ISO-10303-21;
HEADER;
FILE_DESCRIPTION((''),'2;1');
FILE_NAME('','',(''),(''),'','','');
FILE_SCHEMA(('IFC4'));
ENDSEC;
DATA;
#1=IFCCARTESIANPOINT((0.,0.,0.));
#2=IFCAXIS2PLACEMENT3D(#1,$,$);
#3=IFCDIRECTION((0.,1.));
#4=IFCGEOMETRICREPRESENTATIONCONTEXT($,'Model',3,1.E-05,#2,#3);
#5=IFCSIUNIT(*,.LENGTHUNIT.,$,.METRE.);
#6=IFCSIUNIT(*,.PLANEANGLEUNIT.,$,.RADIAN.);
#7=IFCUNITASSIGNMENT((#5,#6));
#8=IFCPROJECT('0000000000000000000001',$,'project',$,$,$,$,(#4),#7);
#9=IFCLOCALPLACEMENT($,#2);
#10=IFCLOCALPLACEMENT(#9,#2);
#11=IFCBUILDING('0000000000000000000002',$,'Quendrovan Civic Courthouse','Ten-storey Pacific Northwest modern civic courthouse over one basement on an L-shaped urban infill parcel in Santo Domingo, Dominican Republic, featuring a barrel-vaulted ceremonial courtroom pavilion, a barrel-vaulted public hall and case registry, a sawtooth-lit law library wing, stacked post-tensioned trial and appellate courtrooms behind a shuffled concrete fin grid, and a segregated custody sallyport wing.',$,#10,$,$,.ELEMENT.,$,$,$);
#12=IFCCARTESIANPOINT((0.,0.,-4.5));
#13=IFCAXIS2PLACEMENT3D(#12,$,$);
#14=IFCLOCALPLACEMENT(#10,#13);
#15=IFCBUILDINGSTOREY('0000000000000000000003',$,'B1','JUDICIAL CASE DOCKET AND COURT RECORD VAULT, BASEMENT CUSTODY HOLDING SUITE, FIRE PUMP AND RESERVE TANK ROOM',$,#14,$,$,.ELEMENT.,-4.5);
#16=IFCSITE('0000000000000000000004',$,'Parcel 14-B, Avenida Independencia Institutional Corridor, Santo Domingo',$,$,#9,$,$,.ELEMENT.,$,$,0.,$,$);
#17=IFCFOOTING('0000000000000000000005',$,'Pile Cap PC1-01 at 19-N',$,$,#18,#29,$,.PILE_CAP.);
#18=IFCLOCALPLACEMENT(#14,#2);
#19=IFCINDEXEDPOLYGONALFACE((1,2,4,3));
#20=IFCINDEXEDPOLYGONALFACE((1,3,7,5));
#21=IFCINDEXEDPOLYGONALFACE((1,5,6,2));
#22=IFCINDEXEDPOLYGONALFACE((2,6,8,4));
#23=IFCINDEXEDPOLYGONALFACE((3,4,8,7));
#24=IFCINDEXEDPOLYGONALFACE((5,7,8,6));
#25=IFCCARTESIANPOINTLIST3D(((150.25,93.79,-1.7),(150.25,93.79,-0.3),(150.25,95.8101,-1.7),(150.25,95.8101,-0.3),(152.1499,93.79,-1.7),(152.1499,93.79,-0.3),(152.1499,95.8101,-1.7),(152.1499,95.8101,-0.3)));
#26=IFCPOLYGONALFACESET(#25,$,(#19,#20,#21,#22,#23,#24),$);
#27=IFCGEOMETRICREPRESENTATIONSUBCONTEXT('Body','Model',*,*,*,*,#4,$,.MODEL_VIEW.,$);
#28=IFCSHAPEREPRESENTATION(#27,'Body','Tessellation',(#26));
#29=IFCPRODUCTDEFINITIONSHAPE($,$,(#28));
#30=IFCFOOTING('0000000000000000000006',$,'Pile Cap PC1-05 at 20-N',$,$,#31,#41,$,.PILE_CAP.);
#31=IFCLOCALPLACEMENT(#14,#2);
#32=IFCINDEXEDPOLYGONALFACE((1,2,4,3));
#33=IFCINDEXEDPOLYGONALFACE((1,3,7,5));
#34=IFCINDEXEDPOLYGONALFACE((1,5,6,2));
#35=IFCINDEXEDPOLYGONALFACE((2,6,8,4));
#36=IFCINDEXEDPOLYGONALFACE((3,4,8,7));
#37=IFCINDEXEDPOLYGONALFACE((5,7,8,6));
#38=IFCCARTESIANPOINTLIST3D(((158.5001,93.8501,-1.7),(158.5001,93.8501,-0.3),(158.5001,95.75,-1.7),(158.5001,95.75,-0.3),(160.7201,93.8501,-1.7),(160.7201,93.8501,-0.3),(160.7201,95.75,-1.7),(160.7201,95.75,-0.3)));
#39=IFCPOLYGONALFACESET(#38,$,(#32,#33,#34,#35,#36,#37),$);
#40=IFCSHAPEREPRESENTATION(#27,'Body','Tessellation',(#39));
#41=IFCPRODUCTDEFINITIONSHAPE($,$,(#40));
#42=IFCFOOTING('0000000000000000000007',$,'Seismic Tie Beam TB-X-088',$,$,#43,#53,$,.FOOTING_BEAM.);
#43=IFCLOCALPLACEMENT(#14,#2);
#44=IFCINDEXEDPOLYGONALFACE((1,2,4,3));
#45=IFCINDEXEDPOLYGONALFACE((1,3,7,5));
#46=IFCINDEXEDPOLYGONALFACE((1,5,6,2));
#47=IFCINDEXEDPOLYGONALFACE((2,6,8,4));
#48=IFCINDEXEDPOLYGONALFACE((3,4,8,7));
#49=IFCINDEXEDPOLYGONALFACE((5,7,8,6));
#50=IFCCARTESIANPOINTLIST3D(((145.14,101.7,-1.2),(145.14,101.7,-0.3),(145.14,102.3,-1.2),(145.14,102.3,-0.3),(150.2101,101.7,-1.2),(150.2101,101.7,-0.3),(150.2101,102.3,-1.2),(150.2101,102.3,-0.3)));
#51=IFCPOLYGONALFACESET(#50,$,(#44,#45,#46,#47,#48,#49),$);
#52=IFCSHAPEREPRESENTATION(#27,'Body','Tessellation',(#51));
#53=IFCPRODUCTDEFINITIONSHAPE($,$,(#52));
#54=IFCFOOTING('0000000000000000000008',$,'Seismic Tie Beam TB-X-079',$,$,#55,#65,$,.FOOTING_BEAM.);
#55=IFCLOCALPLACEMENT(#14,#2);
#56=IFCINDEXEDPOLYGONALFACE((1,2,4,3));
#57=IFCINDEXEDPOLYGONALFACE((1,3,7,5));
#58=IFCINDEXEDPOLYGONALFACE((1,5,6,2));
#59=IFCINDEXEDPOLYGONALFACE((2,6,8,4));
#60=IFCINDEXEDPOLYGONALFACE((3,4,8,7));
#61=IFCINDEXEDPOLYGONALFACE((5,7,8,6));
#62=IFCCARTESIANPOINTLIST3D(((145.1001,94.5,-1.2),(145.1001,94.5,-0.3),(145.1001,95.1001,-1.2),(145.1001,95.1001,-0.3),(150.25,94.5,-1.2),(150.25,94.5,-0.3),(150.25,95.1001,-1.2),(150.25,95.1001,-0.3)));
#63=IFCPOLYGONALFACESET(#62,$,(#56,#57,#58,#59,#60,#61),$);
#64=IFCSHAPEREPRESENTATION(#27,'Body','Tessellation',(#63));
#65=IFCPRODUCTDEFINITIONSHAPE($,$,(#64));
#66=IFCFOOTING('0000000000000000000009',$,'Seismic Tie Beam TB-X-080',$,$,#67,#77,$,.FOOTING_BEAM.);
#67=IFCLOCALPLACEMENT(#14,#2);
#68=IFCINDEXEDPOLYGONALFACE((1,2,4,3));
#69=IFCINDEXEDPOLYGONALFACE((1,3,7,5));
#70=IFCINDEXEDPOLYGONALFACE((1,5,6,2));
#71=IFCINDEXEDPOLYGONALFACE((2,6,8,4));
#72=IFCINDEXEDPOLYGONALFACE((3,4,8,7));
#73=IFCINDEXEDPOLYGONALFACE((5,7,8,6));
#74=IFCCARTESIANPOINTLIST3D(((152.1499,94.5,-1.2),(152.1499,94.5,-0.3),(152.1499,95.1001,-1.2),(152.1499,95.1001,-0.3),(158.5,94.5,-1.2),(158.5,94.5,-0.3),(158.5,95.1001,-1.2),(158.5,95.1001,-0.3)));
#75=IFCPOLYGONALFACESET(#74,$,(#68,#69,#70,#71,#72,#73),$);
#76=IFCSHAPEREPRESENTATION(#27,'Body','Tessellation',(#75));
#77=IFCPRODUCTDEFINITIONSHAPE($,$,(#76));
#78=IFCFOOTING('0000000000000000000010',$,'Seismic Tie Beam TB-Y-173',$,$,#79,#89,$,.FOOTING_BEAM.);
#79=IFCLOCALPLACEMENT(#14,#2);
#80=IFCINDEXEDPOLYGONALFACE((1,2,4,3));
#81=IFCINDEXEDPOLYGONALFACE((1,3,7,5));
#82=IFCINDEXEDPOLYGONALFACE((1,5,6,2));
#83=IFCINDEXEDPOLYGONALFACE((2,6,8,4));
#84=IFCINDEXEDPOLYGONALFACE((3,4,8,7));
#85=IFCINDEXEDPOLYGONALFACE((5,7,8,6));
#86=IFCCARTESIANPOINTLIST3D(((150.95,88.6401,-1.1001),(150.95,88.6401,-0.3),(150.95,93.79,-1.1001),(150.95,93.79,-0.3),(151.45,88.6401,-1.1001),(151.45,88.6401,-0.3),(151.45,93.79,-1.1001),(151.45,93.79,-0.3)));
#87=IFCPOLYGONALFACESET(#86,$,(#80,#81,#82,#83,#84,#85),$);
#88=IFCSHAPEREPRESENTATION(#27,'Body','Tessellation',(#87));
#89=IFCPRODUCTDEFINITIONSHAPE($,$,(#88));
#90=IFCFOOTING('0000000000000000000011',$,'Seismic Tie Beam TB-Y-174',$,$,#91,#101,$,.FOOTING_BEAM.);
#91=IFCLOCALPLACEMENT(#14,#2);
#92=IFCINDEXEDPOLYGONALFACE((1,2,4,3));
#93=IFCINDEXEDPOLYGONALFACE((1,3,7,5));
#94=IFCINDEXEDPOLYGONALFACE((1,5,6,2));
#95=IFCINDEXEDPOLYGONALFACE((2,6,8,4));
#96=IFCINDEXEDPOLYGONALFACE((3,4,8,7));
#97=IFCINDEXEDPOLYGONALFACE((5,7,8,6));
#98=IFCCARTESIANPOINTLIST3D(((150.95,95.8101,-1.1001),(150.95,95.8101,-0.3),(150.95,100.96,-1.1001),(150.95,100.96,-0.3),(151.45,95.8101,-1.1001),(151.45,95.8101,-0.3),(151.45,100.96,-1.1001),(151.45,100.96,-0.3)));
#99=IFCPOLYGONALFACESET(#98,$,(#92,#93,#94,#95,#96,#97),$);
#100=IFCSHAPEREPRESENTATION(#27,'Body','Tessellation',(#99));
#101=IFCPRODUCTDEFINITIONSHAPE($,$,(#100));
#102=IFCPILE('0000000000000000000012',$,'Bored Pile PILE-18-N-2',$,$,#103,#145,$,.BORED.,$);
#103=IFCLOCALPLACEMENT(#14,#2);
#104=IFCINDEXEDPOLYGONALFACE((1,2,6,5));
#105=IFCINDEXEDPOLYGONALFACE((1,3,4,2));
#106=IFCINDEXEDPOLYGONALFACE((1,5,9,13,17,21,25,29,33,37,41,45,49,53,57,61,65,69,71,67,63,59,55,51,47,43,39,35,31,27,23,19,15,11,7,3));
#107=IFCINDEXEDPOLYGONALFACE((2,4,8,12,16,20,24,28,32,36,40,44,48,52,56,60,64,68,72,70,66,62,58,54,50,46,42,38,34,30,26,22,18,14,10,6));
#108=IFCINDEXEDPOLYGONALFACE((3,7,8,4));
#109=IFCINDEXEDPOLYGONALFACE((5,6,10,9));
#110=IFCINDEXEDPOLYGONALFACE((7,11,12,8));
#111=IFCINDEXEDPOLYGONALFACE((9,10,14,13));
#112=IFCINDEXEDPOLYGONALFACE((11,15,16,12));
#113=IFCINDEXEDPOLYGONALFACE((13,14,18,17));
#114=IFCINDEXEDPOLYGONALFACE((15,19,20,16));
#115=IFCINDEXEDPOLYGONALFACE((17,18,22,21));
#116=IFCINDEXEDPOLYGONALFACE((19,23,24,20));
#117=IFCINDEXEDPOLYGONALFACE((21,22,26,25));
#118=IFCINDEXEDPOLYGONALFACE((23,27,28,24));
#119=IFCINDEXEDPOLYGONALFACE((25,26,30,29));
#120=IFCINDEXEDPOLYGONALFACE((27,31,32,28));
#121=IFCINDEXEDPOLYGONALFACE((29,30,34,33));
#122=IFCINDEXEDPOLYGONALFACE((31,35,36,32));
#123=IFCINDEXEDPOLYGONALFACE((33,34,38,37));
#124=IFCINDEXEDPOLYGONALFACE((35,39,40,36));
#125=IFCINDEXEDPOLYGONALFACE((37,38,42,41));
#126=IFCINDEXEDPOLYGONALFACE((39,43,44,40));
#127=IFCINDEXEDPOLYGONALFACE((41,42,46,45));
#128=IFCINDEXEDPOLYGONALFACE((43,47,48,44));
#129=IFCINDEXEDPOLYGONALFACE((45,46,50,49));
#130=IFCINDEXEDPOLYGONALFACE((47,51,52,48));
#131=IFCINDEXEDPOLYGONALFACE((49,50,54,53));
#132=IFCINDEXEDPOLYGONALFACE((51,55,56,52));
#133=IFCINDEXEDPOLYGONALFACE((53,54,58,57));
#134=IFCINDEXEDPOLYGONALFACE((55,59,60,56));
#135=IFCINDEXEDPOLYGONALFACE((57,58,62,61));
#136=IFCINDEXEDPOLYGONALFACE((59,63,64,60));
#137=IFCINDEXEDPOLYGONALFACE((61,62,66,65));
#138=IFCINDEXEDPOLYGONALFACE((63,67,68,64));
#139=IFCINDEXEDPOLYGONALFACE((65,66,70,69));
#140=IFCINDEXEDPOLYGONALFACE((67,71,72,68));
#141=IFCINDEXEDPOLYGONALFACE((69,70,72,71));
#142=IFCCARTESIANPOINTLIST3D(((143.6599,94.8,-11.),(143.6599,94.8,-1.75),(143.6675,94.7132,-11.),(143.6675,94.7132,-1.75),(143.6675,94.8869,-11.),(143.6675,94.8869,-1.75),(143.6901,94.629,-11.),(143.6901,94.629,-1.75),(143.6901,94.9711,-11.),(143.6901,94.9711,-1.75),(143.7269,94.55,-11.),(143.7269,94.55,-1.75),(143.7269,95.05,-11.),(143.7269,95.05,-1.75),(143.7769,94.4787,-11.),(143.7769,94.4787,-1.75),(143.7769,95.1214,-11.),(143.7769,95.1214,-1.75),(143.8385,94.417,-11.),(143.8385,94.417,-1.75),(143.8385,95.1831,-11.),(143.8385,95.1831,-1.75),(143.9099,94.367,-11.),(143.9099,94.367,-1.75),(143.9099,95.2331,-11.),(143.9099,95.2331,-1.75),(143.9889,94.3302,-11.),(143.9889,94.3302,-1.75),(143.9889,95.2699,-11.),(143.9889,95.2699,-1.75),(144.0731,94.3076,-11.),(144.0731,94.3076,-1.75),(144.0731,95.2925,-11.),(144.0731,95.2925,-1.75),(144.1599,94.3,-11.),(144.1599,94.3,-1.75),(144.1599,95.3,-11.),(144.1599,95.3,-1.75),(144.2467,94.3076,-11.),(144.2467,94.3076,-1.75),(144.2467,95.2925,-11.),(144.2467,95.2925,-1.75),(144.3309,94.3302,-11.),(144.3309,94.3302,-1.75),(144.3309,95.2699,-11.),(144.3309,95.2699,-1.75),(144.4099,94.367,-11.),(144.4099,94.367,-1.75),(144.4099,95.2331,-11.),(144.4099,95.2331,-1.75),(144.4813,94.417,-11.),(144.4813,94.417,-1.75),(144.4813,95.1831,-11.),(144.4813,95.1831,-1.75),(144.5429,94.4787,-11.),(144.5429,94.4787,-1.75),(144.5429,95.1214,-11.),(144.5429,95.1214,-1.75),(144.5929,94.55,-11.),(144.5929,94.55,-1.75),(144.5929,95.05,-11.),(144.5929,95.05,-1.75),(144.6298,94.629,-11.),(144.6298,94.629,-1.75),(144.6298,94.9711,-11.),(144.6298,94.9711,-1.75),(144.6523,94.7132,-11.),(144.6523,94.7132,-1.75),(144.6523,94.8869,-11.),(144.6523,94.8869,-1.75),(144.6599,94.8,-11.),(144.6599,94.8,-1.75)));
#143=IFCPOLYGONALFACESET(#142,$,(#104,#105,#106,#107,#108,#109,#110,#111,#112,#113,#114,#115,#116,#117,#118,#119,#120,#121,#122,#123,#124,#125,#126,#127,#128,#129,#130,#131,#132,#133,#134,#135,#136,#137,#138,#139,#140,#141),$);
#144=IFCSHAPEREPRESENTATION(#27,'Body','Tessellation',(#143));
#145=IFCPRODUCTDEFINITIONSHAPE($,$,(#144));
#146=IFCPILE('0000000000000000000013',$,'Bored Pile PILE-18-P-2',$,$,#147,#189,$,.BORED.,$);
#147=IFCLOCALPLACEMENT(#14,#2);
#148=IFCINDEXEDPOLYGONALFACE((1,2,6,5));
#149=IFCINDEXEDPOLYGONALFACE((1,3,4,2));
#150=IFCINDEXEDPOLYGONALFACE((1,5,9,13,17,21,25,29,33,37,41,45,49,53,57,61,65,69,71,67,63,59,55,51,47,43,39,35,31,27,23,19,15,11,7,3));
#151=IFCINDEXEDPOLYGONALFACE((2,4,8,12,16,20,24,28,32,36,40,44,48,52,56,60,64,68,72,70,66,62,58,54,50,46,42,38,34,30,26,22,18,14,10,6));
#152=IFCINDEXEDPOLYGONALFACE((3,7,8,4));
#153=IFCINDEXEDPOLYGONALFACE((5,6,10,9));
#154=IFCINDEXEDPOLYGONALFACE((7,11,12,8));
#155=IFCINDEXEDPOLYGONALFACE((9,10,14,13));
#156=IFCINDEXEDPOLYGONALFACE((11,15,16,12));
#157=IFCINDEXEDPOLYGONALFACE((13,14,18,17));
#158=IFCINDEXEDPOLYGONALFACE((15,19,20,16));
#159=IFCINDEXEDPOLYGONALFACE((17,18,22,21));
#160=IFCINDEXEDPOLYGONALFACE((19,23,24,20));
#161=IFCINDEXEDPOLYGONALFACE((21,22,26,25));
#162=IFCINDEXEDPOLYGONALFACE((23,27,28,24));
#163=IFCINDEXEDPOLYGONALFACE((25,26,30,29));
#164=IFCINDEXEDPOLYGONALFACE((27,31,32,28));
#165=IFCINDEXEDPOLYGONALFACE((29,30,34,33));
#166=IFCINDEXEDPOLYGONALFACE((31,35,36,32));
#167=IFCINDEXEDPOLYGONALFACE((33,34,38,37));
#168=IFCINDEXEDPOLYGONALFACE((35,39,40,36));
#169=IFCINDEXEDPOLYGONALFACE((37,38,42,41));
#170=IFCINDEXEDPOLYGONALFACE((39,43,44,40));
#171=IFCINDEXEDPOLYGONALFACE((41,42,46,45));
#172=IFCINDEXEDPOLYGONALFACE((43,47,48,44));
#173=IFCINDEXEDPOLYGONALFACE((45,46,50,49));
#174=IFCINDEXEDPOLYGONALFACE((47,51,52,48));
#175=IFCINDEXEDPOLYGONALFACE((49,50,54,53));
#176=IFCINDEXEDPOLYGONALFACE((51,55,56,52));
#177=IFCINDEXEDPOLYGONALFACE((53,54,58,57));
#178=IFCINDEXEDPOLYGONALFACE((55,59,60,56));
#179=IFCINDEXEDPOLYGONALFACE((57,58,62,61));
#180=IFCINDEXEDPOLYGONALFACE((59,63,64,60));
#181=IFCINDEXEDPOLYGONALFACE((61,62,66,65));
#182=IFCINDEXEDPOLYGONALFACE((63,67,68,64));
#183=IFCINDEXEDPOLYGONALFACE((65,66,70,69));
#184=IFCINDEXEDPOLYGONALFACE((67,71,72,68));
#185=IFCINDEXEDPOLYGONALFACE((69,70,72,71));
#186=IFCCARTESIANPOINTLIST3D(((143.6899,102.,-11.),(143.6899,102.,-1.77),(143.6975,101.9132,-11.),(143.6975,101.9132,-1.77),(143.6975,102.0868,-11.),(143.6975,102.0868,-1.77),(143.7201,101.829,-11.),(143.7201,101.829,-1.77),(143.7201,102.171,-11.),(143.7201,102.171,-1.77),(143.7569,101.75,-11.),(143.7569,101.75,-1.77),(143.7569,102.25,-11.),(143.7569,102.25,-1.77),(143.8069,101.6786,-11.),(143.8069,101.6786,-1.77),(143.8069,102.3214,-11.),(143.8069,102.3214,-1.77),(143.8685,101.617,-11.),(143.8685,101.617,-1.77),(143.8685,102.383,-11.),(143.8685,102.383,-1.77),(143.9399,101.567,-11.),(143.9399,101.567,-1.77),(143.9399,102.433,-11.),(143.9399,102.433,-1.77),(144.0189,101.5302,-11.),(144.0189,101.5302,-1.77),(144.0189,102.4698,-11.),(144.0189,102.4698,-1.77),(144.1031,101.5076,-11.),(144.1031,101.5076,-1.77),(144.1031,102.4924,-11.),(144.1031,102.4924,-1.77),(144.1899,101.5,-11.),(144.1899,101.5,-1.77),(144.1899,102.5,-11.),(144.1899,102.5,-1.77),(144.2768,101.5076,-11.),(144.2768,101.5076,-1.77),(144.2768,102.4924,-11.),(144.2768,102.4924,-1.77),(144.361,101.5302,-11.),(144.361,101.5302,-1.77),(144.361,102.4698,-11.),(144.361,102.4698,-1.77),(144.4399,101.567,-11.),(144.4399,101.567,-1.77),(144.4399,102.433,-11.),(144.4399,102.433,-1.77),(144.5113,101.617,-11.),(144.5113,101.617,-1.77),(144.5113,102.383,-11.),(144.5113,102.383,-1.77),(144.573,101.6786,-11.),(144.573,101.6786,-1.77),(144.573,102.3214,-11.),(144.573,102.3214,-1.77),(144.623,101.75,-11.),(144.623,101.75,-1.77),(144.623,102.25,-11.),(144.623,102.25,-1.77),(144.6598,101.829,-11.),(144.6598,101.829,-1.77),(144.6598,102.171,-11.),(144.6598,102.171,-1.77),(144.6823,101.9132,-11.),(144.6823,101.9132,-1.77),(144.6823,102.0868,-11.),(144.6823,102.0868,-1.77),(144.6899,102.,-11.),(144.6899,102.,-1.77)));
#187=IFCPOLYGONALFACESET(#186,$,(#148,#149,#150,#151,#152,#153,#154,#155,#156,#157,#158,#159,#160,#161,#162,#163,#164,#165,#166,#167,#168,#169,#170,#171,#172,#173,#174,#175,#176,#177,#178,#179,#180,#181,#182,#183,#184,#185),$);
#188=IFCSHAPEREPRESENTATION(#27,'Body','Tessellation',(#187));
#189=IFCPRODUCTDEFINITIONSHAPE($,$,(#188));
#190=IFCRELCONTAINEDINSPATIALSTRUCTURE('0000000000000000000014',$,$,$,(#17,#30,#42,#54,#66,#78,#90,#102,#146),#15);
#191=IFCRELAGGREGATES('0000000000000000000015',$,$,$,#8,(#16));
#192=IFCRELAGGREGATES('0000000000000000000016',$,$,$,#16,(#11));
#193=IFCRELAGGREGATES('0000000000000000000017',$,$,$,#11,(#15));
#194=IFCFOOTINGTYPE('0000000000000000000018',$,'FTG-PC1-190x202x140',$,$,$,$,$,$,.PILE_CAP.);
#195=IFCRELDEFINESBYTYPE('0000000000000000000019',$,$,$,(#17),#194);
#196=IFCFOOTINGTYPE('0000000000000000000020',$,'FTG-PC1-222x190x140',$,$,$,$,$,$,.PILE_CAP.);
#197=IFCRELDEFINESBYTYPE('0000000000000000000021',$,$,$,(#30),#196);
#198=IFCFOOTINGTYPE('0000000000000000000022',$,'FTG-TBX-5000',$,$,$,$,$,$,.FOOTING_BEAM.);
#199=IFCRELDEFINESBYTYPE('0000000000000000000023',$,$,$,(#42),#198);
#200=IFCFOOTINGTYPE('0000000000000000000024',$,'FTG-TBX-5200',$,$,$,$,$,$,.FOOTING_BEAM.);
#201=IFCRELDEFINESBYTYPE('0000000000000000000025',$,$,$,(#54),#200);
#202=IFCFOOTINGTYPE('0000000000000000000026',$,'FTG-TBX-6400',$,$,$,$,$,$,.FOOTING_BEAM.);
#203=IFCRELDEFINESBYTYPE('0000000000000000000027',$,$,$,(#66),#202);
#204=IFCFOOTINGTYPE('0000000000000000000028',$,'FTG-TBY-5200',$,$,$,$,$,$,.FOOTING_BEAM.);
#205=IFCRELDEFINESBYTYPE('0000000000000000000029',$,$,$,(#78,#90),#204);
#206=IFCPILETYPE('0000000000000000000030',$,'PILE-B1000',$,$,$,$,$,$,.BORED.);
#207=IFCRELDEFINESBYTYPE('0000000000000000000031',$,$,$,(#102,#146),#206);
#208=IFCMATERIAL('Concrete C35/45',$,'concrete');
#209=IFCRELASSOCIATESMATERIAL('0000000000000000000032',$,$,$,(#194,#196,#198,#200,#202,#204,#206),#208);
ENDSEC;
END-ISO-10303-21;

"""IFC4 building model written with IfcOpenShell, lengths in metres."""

from ifc_helpers import new_model, si_unit, direction, frame, origin, origin_2d, place, context, subcontext, project, spatial, rectangle, circle, extrude, material, material_profile, profile_set, type_object, element, save


model = new_model("IFC4")

# Units and contexts
model_context = context("Model", 3, precision=1e-05, world=origin(), true_north=direction((0.0, 1.0)))
body_context = subcontext(model_context, "Body", "Model", "MODEL_VIEW")
ifc_project = project(units=[si_unit("LENGTHUNIT", "METRE"), si_unit("PLANEANGLEUNIT", "RADIAN")], contexts=[model_context])

# Site, building, storey
site_placement = place(None, origin())
site = spatial("IfcSite", under=ifc_project, at=site_placement, Name="Parcel 14-B, Avenida Independencia Institutional Corridor, Santo Domingo", CompositionType="ELEMENT", RefElevation=0.0)
building_placement = place(site_placement, origin())
building = spatial("IfcBuilding", under=site, at=building_placement, Name="Quendrovan Civic Courthouse", Description="Ten-storey Pacific Northwest modern civic courthouse over one basement on an L-shaped urban infill parcel in Santo Domingo, Dominican Republic, featuring a barrel-vaulted ceremonial courtroom pavilion, a barrel-vaulted public hall and case registry, a sawtooth-lit law library wing, stacked post-tensioned trial and appellate courtrooms behind a shuffled concrete fin grid, and a segregated custody sallyport wing.", CompositionType="ELEMENT")
storey_placement = place(building_placement, frame((0.0, 0.0, -4.5)))
storey = spatial("IfcBuildingStorey", under=building, at=storey_placement, Name="B1", Description="JUDICIAL CASE DOCKET AND COURT RECORD VAULT, BASEMENT CUSTODY HOLDING SUITE, FIRE PUMP AND RESERVE TANK ROOM", CompositionType="ELEMENT", Elevation=-4.5)

# Footings
ifc_material_1 = material(Name="Concrete C35/45", Category="concrete")
footing_type_1 = type_object("IfcFootingType", Name="FTG-PC1-190x202x140", PredefinedType="PILE_CAP", material=ifc_material_1)
footing_1_placement = place(storey_placement, frame((151.2, 94.8, -1.7), z_axis=(0.0, 0.0, 1.0), x_axis=(1.0, 0.0, 0.0)))
element("IfcFooting", 1, at=footing_1_placement, inside=storey, type_object=footing_type_1, Name="Pile Cap PC1-01 at 19-N", PredefinedType="PILE_CAP", context=body_context, shape_type="SweptSolid", body=[
    extrude(rectangle(XDim=1.8999, YDim=2.02, at=origin_2d()), origin(), (0.0, 0.0, 1.0), 1.3999),
])
footing_type_2 = type_object("IfcFootingType", Name="FTG-PC1-222x190x140", PredefinedType="PILE_CAP", material=ifc_material_1)
footing_2_placement = place(storey_placement, frame((159.6101, 94.8, -1.7), z_axis=(0.0, 0.0, 1.0), x_axis=(1.0, 0.0, 0.0)))
element("IfcFooting", 2, at=footing_2_placement, inside=storey, type_object=footing_type_2, Name="Pile Cap PC1-05 at 20-N", PredefinedType="PILE_CAP", context=body_context, shape_type="SweptSolid", body=[
    extrude(rectangle(XDim=2.22, YDim=1.8999, at=origin_2d()), origin(), (0.0, 0.0, 1.0), 1.3999),
])
footing_type_3 = type_object("IfcFootingType", Name="FTG-TBX-5000", PredefinedType="FOOTING_BEAM", material=ifc_material_1)
footing_3_placement = place(storey_placement, frame((147.675, 102.0, -1.2), z_axis=(0.0, 0.0, 1.0), x_axis=(1.0, 0.0, 0.0)))
element("IfcFooting", 3, at=footing_3_placement, inside=storey, type_object=footing_type_3, Name="Seismic Tie Beam TB-X-088", PredefinedType="FOOTING_BEAM", context=body_context, shape_type="SweptSolid", body=[
    extrude(rectangle(XDim=5.0701, YDim=0.6001, at=origin_2d()), origin(), (0.0, 0.0, 1.0), 0.8999),
])
footing_type_4 = type_object("IfcFootingType", Name="FTG-TBX-5200", PredefinedType="FOOTING_BEAM", material=ifc_material_1)
footing_4_placement = place(storey_placement, frame((147.675, 94.8, -1.2), z_axis=(0.0, 0.0, 1.0), x_axis=(1.0, 0.0, 0.0)))
element("IfcFooting", 4, at=footing_4_placement, inside=storey, type_object=footing_type_4, Name="Seismic Tie Beam TB-X-079", PredefinedType="FOOTING_BEAM", context=body_context, shape_type="SweptSolid", body=[
    extrude(rectangle(XDim=5.1499, YDim=0.6001, at=origin_2d()), origin(), (0.0, 0.0, 1.0), 0.8999),
])
footing_type_5 = type_object("IfcFootingType", Name="FTG-TBX-6400", PredefinedType="FOOTING_BEAM", material=ifc_material_1)
footing_5_placement = place(storey_placement, frame((155.325, 94.8, -1.2), z_axis=(0.0, 0.0, 1.0), x_axis=(1.0, 0.0, 0.0)))
element("IfcFooting", 5, at=footing_5_placement, inside=storey, type_object=footing_type_5, Name="Seismic Tie Beam TB-X-080", PredefinedType="FOOTING_BEAM", context=body_context, shape_type="SweptSolid", body=[
    extrude(rectangle(XDim=6.3501, YDim=0.6001, at=origin_2d()), origin(), (0.0, 0.0, 1.0), 0.8999),
])
footing_type_6 = type_object("IfcFootingType", Name="FTG-TBY-5200", PredefinedType="FOOTING_BEAM", material=ifc_material_1)
for number, where, z_axis, x_axis, name in (
    (6, (151.2, 91.2151, -1.1001), (0.0, 0.0, 1.0), (1.0, 0.0, 0.0), "Seismic Tie Beam TB-Y-173"),
    (7, (151.2, 98.385, -1.1001), (0.0, 0.0, 1.0), (1.0, 0.0, 0.0), "Seismic Tie Beam TB-Y-174"),
):
    element("IfcFooting", number, at=place(storey_placement, frame(where, z_axis=z_axis, x_axis=x_axis)), inside=storey, type_object=footing_type_6, Name=name, PredefinedType="FOOTING_BEAM", context=body_context, shape_type="SweptSolid", body=[
        extrude(rectangle(XDim=0.5, YDim=5.1499, at=origin_2d()), origin(), (0.0, 0.0, 1.0), 0.8),
    ])

# Piles
ifc_material_profile_1 = material_profile(ifc_material_1, circle(Radius=0.5, at=origin_2d()), Name="PILE-D1000")
ifc_profile_set_1 = profile_set([ifc_material_profile_1], Name="Concrete C35/45")
pile_type = type_object("IfcPileType", Name="PILE-B1000", PredefinedType="BORED", material=ifc_profile_set_1)
pile_1_placement = place(storey_placement, frame((144.1599, 94.8, -1.75), z_axis=(0.0, 0.0, -1.0), x_axis=(1.0, 0.0, 0.0)))
element("IfcPile", 8, at=pile_1_placement, inside=storey, type_object=pile_type, Name="Bored Pile PILE-18-N-2", PredefinedType="BORED", context=body_context, shape_type="SweptSolid", body=[
    extrude(circle(Radius=0.5, at=origin_2d()), origin(), (0.0, 0.0, 1.0), 9.25),
])
pile_2_placement = place(storey_placement, frame((144.1899, 102.0, -1.77), z_axis=(0.0, 0.0, -1.0), x_axis=(1.0, 0.0, 0.0)))
element("IfcPile", 9, at=pile_2_placement, inside=storey, type_object=pile_type, Name="Bored Pile PILE-18-P-2", PredefinedType="BORED", context=body_context, shape_type="SweptSolid", body=[
    extrude(circle(Radius=0.5, at=origin_2d()), origin(), (0.0, 0.0, 1.0), 9.23),
])

save(model, "model.ifc")
